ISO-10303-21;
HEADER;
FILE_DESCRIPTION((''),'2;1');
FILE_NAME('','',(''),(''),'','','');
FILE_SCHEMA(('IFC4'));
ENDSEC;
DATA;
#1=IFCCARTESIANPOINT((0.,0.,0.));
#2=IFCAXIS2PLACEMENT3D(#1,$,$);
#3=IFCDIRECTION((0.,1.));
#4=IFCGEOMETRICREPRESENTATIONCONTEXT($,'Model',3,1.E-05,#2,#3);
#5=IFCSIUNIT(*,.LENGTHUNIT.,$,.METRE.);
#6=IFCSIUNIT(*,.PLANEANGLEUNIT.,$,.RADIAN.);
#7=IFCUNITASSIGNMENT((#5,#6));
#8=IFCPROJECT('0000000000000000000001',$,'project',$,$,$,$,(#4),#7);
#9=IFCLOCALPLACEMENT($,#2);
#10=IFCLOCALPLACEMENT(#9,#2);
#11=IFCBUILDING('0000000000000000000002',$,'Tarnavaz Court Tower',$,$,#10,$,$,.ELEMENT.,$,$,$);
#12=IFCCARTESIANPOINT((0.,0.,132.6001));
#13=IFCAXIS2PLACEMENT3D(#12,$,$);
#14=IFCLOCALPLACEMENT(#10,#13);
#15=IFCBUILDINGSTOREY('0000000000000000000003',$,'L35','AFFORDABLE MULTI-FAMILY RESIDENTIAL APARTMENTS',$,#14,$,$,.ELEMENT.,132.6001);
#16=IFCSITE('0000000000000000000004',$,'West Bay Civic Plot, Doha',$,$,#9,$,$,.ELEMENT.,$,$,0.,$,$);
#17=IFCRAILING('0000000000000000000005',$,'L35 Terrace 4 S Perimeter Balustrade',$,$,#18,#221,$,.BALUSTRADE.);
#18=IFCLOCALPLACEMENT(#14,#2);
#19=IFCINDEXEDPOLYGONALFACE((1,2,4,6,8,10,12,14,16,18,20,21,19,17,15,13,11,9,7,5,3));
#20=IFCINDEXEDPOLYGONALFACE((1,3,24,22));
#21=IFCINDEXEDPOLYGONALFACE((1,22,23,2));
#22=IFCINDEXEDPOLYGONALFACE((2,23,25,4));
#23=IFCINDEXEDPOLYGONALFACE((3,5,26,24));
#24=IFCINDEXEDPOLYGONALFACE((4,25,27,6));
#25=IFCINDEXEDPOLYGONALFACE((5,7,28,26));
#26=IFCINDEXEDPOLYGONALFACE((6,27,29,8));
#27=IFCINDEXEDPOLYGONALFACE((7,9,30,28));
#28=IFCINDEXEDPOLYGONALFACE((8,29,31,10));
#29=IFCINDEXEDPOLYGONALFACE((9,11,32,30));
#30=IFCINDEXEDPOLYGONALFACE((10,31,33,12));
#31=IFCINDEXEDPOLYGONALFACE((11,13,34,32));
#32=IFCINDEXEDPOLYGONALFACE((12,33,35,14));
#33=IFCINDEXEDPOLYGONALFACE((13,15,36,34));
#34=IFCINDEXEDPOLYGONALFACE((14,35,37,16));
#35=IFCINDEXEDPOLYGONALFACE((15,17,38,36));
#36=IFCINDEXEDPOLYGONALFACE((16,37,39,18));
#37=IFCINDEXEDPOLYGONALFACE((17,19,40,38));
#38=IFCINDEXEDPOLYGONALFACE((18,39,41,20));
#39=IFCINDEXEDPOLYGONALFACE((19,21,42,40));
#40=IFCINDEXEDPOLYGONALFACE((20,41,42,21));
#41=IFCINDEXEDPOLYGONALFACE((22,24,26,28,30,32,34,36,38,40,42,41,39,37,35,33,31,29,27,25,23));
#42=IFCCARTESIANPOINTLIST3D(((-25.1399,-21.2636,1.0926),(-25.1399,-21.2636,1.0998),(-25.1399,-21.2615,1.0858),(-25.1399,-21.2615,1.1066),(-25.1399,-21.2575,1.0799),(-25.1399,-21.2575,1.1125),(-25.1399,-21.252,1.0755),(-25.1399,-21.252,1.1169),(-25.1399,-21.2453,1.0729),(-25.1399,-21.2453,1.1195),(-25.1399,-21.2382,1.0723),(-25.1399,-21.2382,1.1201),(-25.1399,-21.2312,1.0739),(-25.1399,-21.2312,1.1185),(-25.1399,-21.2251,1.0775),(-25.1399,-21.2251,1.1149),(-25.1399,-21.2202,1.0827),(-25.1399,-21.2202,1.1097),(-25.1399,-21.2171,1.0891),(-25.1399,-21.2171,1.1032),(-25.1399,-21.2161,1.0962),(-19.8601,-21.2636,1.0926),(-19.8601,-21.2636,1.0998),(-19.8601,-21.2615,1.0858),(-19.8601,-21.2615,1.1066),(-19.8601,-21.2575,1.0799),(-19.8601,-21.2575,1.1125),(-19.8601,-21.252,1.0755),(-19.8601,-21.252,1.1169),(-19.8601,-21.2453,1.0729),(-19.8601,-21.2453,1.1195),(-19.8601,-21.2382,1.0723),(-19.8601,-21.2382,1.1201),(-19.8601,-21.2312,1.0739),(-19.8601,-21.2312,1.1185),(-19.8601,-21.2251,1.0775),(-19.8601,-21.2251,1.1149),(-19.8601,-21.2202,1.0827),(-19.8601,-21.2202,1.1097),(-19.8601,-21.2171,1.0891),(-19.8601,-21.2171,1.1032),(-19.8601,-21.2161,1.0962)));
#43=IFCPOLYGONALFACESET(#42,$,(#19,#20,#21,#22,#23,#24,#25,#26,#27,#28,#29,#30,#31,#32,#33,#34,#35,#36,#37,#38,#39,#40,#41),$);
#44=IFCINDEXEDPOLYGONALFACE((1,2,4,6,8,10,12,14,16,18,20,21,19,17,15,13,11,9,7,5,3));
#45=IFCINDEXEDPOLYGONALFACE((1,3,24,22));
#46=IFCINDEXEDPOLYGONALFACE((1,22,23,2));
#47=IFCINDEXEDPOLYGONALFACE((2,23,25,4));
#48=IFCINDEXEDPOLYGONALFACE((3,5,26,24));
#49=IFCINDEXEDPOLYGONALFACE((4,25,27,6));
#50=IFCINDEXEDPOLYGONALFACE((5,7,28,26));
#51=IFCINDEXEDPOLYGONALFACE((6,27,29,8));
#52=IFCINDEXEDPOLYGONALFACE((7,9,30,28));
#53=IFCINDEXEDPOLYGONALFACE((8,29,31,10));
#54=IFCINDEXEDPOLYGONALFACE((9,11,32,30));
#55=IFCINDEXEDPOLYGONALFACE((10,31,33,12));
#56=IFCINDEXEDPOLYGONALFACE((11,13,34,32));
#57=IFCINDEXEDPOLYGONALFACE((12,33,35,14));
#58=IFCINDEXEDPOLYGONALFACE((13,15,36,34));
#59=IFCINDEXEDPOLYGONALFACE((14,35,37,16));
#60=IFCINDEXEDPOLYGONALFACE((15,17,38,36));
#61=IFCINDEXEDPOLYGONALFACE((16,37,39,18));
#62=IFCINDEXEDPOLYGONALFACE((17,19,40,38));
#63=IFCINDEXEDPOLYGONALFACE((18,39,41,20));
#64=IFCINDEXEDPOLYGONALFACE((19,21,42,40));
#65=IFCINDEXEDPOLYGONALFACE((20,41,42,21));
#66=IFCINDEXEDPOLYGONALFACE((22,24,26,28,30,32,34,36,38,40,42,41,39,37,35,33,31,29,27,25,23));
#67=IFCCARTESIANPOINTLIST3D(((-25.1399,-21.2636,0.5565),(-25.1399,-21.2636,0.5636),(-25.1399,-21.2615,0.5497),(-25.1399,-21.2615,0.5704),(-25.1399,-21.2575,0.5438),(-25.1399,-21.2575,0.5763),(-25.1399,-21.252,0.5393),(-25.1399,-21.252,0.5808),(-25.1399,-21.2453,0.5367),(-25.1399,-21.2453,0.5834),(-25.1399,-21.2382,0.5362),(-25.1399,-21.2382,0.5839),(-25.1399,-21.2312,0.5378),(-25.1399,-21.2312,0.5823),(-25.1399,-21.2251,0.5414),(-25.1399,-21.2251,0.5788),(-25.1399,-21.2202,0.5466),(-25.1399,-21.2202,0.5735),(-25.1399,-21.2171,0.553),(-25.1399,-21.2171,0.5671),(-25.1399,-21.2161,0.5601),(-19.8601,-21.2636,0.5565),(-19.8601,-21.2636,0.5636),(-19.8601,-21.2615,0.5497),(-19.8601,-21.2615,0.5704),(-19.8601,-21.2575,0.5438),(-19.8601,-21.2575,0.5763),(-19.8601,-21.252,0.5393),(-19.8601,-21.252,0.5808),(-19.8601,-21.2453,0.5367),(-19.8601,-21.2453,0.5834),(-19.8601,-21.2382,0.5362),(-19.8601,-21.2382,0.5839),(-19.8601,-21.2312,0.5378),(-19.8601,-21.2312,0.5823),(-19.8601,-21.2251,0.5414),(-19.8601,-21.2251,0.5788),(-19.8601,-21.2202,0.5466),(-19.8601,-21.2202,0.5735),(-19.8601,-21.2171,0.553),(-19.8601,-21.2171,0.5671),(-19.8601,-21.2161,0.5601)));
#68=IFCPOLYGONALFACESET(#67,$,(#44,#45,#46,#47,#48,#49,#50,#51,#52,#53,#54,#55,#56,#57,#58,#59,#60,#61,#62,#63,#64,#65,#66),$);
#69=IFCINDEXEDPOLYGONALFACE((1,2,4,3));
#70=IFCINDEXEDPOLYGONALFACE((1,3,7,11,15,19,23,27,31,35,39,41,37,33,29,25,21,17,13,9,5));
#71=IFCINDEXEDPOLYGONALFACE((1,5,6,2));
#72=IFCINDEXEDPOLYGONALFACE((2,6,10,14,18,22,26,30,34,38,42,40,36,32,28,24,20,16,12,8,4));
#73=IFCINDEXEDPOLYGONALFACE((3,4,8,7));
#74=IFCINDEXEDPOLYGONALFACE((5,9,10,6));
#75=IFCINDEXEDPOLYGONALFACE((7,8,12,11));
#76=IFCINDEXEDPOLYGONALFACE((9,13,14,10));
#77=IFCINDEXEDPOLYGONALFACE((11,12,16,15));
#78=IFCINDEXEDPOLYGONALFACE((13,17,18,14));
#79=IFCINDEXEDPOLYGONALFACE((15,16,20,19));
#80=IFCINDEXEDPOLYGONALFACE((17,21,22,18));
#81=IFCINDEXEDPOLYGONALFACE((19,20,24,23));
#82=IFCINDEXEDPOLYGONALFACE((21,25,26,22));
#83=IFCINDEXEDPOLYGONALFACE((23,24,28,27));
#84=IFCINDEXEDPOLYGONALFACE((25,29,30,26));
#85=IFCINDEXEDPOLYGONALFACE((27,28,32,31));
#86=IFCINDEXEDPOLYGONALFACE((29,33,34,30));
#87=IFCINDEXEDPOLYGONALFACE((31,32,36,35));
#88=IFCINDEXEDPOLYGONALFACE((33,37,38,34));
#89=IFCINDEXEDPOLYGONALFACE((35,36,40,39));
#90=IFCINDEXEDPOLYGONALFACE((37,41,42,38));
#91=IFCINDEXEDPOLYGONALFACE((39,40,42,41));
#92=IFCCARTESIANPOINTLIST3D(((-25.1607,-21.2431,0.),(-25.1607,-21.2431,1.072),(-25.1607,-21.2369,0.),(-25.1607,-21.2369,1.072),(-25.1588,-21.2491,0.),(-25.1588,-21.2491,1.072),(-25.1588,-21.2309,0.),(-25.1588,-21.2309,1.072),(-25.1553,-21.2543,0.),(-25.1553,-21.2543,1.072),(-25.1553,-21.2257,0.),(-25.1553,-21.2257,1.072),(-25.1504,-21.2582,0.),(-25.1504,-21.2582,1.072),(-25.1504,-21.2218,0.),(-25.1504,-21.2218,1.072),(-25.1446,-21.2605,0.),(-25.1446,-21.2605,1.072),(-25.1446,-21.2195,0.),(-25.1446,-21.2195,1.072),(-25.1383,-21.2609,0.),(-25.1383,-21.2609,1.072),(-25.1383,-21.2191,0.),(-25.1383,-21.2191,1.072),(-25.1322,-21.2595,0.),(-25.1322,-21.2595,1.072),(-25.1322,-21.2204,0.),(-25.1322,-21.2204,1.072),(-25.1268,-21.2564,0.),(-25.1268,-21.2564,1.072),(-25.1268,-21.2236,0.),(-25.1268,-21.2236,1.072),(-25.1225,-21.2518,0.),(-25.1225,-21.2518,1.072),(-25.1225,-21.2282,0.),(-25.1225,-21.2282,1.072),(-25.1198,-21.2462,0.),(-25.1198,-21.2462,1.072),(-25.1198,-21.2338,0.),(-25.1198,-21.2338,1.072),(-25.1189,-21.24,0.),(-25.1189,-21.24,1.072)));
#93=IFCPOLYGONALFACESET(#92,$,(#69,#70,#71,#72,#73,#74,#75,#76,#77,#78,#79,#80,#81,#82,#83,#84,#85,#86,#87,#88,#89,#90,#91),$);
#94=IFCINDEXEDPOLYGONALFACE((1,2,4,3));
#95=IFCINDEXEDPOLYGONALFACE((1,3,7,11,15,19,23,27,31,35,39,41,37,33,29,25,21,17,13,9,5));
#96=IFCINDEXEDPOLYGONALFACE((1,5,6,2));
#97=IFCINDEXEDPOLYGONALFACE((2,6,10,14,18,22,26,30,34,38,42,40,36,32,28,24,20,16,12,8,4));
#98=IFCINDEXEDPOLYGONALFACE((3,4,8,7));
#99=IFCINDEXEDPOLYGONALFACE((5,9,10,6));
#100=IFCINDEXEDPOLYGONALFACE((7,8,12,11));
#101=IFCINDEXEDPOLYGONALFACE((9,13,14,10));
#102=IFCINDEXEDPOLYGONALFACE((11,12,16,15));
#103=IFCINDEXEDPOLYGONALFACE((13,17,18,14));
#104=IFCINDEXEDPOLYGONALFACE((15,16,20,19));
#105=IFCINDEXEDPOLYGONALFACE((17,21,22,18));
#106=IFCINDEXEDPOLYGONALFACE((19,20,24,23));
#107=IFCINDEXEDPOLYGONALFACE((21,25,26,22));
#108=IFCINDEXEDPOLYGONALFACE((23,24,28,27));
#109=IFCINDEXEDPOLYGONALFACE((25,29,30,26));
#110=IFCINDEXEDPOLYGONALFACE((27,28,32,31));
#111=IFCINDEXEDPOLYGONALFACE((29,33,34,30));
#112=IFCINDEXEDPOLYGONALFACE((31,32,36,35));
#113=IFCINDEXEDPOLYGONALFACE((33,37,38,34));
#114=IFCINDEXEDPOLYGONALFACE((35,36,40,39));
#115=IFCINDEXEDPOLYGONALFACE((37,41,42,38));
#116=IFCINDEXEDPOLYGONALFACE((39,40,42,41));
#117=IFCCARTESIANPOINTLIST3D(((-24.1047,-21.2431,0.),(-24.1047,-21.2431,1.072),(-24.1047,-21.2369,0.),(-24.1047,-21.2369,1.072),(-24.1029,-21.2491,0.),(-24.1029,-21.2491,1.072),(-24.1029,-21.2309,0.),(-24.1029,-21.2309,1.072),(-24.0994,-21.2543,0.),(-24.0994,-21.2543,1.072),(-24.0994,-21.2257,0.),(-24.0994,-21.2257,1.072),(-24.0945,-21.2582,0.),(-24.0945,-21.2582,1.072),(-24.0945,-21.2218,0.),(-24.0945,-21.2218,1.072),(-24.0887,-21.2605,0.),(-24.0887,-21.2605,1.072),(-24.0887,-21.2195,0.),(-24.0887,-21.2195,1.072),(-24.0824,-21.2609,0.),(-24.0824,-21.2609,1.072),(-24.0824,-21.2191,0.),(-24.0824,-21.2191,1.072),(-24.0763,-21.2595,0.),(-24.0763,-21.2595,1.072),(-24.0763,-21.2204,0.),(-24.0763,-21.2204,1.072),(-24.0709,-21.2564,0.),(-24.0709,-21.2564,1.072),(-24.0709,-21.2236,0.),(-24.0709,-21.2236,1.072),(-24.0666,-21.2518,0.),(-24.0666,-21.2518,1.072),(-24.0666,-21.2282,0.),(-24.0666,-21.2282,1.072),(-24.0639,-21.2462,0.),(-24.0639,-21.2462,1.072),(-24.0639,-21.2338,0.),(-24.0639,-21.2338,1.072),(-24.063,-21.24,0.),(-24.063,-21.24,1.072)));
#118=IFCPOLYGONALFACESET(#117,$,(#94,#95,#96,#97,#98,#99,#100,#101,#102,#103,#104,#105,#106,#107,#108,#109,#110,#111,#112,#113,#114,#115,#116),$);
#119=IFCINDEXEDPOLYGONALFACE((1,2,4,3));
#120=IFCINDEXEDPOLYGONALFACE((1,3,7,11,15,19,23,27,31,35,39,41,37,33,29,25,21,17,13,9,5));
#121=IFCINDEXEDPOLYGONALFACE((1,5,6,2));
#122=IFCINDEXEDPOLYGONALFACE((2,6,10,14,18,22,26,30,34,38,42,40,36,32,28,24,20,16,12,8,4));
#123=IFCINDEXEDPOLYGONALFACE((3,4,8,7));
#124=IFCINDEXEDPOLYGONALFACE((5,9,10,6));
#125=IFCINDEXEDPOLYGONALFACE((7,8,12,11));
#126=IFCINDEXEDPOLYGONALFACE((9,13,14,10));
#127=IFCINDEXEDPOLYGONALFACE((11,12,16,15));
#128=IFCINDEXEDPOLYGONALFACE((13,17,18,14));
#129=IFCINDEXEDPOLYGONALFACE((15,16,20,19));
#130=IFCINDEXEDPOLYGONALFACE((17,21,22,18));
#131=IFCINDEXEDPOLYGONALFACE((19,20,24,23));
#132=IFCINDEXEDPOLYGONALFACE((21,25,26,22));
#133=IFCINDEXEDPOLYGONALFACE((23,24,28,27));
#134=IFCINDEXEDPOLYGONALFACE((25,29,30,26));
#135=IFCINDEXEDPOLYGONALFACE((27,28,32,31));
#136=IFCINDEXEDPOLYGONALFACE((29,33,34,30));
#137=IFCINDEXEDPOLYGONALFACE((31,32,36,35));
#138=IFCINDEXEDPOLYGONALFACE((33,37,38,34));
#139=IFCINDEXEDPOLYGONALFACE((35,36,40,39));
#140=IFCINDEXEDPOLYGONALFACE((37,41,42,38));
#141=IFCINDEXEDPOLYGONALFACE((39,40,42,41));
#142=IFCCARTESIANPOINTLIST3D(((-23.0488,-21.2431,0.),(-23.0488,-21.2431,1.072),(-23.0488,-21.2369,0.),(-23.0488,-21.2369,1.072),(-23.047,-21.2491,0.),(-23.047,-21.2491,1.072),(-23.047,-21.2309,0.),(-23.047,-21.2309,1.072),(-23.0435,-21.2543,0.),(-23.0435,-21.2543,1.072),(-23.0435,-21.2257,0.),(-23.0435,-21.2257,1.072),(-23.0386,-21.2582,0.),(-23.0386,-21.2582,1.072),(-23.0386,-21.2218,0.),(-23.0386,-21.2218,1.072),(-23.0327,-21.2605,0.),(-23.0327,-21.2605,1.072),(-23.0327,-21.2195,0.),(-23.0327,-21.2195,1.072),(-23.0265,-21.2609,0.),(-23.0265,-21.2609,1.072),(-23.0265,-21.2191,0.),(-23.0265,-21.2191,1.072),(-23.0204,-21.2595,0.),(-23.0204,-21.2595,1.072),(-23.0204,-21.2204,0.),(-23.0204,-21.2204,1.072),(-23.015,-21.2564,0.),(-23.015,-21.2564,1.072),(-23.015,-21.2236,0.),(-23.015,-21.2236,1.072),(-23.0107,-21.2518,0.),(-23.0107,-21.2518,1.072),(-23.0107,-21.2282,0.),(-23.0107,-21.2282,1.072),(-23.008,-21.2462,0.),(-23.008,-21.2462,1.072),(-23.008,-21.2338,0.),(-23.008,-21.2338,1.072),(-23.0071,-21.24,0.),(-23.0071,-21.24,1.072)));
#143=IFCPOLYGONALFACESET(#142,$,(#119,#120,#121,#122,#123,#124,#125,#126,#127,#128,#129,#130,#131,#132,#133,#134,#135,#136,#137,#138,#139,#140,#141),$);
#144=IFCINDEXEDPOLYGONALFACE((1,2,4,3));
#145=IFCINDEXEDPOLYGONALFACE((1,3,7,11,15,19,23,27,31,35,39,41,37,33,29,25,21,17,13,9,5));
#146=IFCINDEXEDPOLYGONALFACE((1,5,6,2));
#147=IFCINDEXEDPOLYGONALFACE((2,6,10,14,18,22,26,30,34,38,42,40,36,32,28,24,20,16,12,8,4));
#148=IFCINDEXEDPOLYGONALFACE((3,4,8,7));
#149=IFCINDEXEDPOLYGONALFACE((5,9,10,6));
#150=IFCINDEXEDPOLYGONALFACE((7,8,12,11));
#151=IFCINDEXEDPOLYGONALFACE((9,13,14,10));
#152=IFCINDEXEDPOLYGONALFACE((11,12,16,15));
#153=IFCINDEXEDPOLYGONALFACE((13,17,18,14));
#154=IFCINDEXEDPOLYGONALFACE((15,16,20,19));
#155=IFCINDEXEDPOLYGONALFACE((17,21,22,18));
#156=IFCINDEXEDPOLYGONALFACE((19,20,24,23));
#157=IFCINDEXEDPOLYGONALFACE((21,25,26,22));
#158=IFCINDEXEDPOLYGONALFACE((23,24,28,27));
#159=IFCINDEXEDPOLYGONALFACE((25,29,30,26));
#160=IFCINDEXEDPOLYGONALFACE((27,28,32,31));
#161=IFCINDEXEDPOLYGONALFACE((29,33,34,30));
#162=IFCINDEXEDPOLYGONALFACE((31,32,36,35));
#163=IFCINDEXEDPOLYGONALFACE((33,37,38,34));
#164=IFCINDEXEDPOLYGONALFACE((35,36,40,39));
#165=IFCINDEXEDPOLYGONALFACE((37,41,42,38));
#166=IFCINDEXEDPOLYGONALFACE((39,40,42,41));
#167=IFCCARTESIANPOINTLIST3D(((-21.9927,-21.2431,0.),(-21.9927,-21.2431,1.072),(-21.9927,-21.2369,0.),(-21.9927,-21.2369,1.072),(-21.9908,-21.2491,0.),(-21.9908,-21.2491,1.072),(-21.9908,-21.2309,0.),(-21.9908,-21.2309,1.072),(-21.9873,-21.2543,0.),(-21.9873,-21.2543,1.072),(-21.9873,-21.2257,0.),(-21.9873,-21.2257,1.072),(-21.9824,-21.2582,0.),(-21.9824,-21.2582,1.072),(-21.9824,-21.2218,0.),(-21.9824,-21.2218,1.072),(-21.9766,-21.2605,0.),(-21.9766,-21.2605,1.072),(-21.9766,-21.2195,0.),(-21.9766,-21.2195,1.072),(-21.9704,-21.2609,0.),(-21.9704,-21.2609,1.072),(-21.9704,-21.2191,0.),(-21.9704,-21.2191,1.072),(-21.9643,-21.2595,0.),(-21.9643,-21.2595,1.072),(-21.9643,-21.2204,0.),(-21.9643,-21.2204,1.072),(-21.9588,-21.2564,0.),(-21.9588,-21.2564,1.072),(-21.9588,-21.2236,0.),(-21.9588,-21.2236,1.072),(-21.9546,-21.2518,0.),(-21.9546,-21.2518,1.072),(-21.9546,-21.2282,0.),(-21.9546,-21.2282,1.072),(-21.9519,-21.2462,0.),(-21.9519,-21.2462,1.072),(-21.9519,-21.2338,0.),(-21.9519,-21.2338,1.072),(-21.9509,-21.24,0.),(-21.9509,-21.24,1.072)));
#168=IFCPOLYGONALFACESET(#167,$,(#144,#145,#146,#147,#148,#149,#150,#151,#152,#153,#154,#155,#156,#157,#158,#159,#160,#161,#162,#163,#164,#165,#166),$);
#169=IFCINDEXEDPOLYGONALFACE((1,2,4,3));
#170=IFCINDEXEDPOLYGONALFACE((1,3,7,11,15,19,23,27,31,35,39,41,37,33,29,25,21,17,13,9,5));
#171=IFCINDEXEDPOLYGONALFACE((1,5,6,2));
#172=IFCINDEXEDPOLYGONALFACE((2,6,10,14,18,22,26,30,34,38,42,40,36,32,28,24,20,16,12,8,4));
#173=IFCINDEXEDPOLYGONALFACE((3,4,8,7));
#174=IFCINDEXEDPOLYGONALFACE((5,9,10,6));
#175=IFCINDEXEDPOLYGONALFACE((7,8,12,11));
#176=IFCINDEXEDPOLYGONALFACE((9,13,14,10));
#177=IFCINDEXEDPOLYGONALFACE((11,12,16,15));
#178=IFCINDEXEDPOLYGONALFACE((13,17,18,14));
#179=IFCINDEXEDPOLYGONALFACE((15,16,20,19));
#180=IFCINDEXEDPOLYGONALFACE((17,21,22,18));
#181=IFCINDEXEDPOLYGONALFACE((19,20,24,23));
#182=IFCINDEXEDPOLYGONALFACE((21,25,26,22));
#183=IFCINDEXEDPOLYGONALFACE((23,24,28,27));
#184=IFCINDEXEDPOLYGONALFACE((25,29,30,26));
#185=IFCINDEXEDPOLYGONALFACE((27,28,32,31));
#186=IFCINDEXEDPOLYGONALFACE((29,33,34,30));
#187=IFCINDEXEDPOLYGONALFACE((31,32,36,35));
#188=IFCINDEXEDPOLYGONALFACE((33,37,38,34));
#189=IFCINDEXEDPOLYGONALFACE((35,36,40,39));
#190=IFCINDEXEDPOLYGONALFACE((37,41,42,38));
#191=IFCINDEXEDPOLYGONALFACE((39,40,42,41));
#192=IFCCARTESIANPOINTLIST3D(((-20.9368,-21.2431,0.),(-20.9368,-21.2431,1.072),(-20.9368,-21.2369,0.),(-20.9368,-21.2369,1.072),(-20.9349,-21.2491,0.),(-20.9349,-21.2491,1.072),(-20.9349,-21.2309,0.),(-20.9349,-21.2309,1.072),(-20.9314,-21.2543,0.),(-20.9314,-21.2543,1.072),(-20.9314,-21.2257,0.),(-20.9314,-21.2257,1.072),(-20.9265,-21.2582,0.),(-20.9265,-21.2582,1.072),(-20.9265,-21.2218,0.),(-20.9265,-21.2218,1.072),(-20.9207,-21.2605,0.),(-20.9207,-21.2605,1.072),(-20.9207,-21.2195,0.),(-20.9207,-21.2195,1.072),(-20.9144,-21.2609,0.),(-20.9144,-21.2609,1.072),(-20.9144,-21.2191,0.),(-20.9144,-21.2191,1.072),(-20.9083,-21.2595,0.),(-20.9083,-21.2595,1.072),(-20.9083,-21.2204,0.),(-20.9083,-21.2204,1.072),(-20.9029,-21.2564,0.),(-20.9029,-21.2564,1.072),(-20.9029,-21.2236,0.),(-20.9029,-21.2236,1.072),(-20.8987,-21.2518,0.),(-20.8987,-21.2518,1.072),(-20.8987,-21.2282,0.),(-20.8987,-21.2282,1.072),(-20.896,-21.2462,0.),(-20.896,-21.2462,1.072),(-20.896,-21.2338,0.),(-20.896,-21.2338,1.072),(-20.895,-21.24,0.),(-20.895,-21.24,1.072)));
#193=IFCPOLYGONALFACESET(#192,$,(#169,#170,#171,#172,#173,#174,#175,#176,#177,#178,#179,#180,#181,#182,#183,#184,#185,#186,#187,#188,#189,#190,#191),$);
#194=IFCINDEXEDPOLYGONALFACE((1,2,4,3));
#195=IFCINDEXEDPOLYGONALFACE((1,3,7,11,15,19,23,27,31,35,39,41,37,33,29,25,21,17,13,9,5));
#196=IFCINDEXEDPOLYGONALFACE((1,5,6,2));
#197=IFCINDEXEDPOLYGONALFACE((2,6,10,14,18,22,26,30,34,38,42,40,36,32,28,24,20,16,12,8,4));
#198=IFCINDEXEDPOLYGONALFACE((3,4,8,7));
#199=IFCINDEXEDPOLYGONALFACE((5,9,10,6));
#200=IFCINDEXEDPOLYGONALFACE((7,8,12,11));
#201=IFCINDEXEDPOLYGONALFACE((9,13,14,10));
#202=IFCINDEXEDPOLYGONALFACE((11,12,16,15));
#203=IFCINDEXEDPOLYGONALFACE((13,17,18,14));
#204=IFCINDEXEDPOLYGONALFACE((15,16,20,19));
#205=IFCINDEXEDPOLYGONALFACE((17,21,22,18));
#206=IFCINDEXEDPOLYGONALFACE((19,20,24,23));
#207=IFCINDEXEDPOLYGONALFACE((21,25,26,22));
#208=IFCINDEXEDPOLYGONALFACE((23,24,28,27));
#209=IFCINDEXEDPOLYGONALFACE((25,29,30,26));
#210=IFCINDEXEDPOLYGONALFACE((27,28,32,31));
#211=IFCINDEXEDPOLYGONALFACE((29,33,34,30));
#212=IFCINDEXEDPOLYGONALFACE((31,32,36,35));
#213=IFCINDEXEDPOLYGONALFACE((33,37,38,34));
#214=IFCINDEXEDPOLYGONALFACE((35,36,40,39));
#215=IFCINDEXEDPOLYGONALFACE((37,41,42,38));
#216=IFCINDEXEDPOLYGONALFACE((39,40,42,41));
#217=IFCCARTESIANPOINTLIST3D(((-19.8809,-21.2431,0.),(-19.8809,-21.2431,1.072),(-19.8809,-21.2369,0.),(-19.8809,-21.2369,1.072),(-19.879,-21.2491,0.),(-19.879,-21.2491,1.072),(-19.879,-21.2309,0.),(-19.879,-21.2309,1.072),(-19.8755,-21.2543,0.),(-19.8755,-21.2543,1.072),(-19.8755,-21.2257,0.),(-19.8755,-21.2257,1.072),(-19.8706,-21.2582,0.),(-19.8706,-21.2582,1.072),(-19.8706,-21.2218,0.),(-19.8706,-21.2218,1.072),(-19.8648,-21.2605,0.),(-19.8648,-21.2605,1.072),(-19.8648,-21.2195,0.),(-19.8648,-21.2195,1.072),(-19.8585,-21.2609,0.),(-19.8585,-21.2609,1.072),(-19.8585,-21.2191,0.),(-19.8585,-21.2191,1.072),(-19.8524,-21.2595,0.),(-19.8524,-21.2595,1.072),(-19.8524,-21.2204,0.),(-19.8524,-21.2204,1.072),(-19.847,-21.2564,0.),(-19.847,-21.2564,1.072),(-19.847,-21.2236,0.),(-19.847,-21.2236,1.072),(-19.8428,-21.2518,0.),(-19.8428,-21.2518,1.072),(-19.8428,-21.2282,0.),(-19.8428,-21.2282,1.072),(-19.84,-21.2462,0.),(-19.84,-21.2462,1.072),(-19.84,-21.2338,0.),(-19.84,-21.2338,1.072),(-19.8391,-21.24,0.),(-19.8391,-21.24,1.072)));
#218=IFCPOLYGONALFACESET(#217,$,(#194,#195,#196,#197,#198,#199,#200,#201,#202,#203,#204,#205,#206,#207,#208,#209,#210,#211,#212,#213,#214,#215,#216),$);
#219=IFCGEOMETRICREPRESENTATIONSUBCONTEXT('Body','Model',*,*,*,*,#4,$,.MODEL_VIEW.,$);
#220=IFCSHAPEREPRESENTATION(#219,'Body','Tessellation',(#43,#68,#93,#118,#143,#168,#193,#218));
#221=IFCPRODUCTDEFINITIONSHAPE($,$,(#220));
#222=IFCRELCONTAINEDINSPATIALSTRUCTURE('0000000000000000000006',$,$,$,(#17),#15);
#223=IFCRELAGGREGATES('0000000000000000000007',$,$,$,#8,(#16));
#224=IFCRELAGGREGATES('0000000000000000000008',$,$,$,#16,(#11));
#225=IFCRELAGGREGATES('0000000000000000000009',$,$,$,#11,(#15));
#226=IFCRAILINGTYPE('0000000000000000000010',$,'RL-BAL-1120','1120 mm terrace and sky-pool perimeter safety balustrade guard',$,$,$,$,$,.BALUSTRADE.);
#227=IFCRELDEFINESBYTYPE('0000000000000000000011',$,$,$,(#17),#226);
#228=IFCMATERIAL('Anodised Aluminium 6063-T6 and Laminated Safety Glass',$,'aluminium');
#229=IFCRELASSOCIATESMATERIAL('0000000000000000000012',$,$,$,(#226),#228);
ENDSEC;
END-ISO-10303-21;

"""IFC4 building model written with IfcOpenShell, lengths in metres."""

from ifc_helpers import new_model, si_unit, direction, frame, origin, origin_2d, place, context, subcontext, project, spatial, circle, extrude, material, type_object, element, save


model = new_model("IFC4")

# Units and contexts
model_context = context("Model", 3, precision=1e-05, world=origin(), true_north=direction((0.0, 1.0)))
body_context = subcontext(model_context, "Body", "Model", "MODEL_VIEW")
ifc_project = project(units=[si_unit("LENGTHUNIT", "METRE"), si_unit("PLANEANGLEUNIT", "RADIAN")], contexts=[model_context])

# Site, building, storey
site_placement = place(None, origin())
site = spatial("IfcSite", under=ifc_project, at=site_placement, Name="West Bay Civic Plot, Doha", CompositionType="ELEMENT", RefElevation=0.0)
building_placement = place(site_placement, origin())
building = spatial("IfcBuilding", under=site, at=building_placement, Name="Tarnavaz Court Tower", CompositionType="ELEMENT")
storey_placement = place(building_placement, frame((0.0, 0.0, 132.6001)))
storey = spatial("IfcBuildingStorey", under=building, at=storey_placement, Name="L35", Description="AFFORDABLE MULTI-FAMILY RESIDENTIAL APARTMENTS", CompositionType="ELEMENT", Elevation=132.6001)

# Railing
ifc_material_1 = material(Name="Anodised Aluminium 6063-T6 and Laminated Safety Glass", Category="aluminium")
railing_type = type_object("IfcRailingType", Name="RL-BAL-1120", Description="1120 mm terrace and sky-pool perimeter safety balustrade guard", PredefinedType="BALUSTRADE", material=ifc_material_1)
railing_1_placement = place(storey_placement, frame((-25.1399, -21.24, 0.0)))
element("IfcRailing", 1, at=railing_1_placement, inside=storey, type_object=railing_type, Name="L35 Terrace 4 S Perimeter Balustrade", PredefinedType="BALUSTRADE", context=body_context, shape_type="SweptSolid", body=[
    extrude(circle(Radius=0.0239, at=origin_2d()), frame((0.0, 0.0, 1.0962), z_axis=(1.0, 0.0, 0.0), x_axis=(0.0, 1.0, 0.0)), (0.0, 0.0, 1.0), 5.2798),
    extrude(circle(Radius=0.0239, at=origin_2d()), frame((0.0, 0.0, 0.5601), z_axis=(1.0, 0.0, 0.0), x_axis=(0.0, 1.0, 0.0)), (0.0, 0.0, 1.0), 5.2798),
    extrude(circle(Radius=0.021, at=origin_2d()), origin(), (0.0, 0.0, 1.0), 1.072),
    extrude(circle(Radius=0.021, at=origin_2d()), frame((1.0559, 0.0, 0.0)), (0.0, 0.0, 1.0), 1.072),
    extrude(circle(Radius=0.021, at=origin_2d()), frame((2.1118, 0.0, 0.0)), (0.0, 0.0, 1.0), 1.072),
    extrude(circle(Radius=0.021, at=origin_2d()), frame((3.168, 0.0, 0.0)), (0.0, 0.0, 1.0), 1.072),
    extrude(circle(Radius=0.021, at=origin_2d()), frame((4.2239, 0.0, 0.0)), (0.0, 0.0, 1.0), 1.072),
    extrude(circle(Radius=0.021, at=origin_2d()), frame((5.2798, 0.0, 0.0)), (0.0, 0.0, 1.0), 1.072),
])

save(model, "model.ifc")
